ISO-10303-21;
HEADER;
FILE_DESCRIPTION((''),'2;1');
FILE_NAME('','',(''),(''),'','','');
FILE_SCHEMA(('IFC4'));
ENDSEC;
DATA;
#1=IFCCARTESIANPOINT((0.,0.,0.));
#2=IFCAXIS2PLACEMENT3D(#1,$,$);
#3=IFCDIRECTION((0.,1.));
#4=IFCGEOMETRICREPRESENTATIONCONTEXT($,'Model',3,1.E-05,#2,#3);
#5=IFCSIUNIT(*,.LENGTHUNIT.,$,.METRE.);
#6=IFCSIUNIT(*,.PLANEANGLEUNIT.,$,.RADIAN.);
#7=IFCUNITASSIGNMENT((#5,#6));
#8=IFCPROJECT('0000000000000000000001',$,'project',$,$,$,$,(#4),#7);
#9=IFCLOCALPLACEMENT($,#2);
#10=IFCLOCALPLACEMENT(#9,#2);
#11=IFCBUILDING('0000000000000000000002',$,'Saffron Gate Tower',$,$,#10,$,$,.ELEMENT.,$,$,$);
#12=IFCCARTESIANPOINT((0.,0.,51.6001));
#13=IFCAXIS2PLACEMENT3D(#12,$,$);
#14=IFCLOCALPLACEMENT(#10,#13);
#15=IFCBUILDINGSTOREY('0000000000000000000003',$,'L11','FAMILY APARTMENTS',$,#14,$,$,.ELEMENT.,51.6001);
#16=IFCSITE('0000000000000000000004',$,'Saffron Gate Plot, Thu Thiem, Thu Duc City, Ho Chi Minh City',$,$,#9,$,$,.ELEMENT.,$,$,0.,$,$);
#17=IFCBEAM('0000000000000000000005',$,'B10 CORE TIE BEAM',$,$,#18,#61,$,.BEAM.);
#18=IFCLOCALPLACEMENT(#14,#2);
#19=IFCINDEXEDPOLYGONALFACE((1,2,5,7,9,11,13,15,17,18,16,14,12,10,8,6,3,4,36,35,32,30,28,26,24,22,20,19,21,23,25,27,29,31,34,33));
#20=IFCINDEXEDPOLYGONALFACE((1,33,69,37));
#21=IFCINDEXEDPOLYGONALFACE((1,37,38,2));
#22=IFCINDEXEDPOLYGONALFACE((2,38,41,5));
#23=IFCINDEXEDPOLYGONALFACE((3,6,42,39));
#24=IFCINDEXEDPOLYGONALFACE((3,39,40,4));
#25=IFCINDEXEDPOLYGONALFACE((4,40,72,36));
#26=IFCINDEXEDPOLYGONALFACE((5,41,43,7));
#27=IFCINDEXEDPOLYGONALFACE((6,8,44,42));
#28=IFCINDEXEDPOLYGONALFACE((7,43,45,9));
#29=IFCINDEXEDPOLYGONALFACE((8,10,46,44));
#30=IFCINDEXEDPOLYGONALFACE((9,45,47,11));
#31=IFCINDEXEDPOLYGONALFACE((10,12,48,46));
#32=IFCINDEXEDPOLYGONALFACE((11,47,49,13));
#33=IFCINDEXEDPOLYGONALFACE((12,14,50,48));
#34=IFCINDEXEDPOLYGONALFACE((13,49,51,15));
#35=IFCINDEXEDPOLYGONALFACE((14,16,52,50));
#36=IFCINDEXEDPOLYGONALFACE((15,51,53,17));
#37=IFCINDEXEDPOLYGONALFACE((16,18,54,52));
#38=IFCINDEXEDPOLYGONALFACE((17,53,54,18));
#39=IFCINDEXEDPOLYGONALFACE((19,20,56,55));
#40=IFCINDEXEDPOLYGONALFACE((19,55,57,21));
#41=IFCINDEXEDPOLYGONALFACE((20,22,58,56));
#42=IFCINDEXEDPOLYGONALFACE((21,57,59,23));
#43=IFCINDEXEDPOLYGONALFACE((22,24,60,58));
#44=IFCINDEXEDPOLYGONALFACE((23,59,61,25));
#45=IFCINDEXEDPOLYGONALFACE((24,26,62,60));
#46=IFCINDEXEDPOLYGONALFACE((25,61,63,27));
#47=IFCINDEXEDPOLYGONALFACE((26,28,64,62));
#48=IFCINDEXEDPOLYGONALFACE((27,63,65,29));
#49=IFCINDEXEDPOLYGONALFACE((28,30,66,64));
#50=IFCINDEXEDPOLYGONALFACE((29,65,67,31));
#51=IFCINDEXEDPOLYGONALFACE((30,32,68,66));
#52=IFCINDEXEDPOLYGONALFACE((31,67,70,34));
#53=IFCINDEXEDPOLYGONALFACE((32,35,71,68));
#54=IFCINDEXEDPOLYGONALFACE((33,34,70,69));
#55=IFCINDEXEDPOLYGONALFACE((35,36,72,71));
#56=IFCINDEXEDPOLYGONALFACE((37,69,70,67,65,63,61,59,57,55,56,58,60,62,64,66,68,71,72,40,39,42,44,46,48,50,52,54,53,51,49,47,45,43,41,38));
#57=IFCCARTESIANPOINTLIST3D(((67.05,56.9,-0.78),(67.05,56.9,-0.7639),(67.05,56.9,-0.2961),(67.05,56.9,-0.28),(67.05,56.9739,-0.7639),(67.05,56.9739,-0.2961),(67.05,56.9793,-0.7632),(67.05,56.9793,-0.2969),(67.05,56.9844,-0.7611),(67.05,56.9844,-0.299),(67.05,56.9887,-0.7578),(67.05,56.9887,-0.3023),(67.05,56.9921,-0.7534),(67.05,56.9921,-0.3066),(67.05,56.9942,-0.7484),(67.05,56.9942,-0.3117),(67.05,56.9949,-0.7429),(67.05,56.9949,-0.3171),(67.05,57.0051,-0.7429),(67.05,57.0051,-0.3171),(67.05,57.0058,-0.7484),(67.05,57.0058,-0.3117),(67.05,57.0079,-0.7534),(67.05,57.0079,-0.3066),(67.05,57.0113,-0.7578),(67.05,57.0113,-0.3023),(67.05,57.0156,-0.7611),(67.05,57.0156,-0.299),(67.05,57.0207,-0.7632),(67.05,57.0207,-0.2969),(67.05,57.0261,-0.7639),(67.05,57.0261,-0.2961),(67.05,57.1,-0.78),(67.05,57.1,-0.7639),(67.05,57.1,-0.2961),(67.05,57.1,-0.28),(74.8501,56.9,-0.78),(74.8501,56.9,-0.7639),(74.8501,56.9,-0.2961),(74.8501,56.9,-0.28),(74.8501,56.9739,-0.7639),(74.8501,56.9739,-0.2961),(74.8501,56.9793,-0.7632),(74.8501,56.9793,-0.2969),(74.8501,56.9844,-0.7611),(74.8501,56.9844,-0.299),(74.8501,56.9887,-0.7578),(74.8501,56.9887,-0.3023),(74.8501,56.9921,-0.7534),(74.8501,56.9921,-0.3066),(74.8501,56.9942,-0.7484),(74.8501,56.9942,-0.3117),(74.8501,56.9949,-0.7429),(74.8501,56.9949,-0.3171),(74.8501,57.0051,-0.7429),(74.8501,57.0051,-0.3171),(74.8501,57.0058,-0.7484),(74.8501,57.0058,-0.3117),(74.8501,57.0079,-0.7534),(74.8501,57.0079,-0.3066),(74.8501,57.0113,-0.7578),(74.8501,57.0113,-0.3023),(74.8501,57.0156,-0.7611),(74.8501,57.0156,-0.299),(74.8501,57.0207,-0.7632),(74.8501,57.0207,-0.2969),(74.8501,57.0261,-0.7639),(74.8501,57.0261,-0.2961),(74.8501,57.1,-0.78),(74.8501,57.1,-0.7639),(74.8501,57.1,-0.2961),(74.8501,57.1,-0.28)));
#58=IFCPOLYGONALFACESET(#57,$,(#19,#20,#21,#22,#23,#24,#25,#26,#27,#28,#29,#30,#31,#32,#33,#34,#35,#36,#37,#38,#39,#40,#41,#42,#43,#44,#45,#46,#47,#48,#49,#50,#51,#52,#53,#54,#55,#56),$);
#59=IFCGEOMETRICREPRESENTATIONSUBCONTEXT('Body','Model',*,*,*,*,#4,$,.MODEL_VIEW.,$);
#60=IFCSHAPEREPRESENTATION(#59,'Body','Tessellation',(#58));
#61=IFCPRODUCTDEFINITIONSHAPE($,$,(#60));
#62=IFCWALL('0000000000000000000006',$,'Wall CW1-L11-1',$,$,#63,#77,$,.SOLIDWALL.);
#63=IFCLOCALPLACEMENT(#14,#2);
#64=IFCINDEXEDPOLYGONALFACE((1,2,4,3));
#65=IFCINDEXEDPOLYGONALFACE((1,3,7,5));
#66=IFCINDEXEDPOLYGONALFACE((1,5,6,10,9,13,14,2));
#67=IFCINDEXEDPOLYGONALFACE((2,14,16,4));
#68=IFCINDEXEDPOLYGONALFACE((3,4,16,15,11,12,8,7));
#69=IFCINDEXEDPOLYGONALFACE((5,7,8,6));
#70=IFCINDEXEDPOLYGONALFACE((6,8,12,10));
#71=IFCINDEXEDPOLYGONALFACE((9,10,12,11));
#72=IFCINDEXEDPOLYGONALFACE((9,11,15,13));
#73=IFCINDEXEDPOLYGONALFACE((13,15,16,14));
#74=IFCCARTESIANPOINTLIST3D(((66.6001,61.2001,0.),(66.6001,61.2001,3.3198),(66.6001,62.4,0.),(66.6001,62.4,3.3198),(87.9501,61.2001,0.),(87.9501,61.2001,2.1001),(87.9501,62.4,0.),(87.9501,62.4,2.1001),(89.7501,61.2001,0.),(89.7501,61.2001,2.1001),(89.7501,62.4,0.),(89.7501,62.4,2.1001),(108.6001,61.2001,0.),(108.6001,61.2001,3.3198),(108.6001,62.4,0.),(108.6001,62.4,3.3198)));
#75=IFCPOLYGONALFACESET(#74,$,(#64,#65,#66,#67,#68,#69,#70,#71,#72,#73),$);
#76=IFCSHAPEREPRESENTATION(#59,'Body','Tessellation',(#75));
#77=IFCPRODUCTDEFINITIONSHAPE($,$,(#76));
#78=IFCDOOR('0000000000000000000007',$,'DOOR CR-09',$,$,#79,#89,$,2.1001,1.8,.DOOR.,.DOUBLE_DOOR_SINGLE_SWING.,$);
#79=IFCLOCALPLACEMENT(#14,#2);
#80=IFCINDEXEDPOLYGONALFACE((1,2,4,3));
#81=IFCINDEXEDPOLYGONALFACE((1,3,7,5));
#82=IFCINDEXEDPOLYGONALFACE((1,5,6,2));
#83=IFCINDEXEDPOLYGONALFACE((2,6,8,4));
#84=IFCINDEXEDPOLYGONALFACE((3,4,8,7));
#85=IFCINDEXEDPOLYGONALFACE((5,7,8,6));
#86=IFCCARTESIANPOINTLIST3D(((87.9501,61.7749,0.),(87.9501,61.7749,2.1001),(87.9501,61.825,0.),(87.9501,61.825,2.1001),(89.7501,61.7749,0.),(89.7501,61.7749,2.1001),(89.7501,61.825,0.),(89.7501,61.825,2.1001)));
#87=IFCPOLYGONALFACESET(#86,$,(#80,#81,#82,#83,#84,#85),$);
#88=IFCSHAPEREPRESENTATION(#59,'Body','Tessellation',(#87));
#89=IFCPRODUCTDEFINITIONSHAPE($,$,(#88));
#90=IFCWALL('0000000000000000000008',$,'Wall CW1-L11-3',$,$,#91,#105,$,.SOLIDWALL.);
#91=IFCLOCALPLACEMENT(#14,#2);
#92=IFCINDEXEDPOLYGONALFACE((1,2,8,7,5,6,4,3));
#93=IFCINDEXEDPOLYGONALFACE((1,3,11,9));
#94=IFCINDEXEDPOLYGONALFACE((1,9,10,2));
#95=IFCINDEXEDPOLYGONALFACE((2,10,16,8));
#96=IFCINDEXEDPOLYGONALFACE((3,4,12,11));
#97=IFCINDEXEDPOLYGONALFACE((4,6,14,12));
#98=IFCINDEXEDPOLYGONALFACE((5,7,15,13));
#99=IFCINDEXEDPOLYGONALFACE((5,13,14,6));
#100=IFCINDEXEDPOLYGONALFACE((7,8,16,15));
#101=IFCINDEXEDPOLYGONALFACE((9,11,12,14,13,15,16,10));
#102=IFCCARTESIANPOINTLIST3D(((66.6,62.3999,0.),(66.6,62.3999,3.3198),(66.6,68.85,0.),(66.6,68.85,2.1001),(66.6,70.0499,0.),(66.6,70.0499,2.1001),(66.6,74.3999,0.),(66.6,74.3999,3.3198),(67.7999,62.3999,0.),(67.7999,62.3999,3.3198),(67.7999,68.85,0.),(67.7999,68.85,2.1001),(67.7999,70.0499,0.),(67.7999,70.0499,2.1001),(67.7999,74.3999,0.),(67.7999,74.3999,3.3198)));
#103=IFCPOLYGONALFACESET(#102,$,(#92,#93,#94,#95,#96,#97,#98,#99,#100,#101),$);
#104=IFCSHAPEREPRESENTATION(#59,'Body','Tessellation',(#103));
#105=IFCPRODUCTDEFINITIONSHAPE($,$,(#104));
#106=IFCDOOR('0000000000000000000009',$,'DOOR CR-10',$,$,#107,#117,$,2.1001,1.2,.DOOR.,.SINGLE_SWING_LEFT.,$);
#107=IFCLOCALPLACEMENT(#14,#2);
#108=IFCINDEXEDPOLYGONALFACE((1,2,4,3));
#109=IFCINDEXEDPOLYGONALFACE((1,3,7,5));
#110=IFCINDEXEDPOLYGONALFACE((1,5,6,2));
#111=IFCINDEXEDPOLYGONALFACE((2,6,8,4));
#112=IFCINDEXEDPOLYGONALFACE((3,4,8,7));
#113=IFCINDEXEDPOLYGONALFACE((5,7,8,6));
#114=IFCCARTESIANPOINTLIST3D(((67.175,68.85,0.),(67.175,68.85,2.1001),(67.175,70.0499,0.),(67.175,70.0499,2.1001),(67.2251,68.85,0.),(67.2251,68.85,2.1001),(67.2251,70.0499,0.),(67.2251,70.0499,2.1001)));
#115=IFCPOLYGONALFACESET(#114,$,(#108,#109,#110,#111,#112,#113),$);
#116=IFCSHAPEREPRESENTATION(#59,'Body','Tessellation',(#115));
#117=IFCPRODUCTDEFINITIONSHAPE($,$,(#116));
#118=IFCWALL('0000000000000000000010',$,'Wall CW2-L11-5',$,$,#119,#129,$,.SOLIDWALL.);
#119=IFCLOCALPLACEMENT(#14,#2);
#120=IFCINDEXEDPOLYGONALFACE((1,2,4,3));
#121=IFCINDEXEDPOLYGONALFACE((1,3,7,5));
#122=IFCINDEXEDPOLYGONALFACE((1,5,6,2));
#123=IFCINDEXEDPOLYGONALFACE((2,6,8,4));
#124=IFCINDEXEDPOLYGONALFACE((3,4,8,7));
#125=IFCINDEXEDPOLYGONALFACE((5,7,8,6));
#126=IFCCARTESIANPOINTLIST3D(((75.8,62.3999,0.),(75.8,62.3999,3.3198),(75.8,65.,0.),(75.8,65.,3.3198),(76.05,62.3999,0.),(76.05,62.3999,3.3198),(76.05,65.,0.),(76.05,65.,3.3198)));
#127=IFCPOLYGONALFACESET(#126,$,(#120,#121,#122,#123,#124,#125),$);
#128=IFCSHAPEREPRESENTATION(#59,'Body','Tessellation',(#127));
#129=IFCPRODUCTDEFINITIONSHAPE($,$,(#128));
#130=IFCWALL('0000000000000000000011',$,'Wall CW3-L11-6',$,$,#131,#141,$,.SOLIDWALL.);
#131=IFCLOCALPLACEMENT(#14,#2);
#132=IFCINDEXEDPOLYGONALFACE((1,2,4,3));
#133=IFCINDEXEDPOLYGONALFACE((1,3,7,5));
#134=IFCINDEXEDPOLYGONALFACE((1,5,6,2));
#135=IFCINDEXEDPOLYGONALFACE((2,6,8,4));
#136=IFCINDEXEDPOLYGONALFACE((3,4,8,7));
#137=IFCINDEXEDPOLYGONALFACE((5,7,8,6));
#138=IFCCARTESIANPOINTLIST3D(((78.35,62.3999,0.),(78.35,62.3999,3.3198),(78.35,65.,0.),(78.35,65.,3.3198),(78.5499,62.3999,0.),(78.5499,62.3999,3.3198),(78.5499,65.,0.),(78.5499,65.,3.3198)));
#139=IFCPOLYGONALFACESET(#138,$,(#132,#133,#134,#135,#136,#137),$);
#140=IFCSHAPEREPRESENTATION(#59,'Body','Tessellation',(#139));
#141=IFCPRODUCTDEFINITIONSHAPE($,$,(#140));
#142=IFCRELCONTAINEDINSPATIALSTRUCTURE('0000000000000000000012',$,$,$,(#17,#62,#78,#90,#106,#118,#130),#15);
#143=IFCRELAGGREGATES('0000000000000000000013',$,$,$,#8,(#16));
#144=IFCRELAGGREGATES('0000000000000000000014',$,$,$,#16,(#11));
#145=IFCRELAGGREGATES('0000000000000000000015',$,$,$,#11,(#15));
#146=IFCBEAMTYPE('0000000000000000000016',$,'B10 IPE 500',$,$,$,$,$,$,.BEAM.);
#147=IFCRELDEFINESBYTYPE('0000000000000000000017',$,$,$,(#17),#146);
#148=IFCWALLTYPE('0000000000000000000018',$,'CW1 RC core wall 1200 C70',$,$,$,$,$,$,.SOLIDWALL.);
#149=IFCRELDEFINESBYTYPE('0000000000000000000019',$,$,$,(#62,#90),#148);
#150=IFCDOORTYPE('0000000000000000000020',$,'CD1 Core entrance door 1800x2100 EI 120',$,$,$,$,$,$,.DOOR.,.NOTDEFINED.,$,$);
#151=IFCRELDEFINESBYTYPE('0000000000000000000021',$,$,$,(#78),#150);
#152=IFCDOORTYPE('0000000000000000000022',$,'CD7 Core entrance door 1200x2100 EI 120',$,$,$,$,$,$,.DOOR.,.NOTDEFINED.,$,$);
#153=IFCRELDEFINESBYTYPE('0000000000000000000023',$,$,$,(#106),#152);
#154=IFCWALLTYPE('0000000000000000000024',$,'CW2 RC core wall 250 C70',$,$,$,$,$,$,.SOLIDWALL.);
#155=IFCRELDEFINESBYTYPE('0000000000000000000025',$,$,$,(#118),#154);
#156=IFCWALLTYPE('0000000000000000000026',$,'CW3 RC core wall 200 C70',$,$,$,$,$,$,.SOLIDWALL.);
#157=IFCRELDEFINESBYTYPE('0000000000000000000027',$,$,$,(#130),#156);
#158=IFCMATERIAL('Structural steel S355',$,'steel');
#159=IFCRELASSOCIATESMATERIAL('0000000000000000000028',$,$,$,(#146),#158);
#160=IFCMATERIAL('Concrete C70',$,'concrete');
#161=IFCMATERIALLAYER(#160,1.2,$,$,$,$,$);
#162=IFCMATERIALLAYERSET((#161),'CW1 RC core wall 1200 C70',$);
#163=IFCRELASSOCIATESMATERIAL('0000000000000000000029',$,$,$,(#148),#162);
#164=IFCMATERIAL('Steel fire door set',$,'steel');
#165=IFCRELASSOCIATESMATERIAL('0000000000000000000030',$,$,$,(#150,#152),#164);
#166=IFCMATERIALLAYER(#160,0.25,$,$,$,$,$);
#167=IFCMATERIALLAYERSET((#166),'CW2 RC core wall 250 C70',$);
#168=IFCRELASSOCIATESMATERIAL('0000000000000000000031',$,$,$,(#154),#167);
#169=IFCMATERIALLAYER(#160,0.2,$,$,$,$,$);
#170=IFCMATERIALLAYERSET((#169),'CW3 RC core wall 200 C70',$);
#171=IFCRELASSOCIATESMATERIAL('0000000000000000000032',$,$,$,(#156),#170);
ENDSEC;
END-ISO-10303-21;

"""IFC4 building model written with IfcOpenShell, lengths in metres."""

from ifc_helpers import new_model, si_unit, direction, frame, frame_2d, origin, origin_2d, place, context, subcontext, project, spatial, rectangle, i_section, extrude, material, layer, layer_set, material_profile, profile_set, type_object, element, fill, save


model = new_model("IFC4")

# Units and contexts
model_context = context("Model", 3, precision=1e-05, world=origin(), true_north=direction((0.0, 1.0)))
body_context = subcontext(model_context, "Body", "Model", "MODEL_VIEW")
ifc_project = project(units=[si_unit("LENGTHUNIT", "METRE"), si_unit("PLANEANGLEUNIT", "RADIAN")], contexts=[model_context])

# Site, building, storey
site_placement = place(None, origin())
site = spatial("IfcSite", under=ifc_project, at=site_placement, Name="Saffron Gate Plot, Thu Thiem, Thu Duc City, Ho Chi Minh City", CompositionType="ELEMENT", RefElevation=0.0)
building_placement = place(site_placement, origin())
building = spatial("IfcBuilding", under=site, at=building_placement, Name="Saffron Gate Tower", CompositionType="ELEMENT")
storey_placement = place(building_placement, frame((0.0, 0.0, 51.6001)))
storey = spatial("IfcBuildingStorey", under=building, at=storey_placement, Name="L11", Description="FAMILY APARTMENTS", CompositionType="ELEMENT", Elevation=51.6001)

# Beam
ifc_material_1 = material(Name="Structural steel S355", Category="steel")
ifc_material_profile = material_profile(ifc_material_1, i_section(OverallWidth=0.2, OverallDepth=0.5, WebThickness=0.0103, FlangeThickness=0.0161, FilletRadius=0.021, at=origin_2d()))
ifc_profile_set = profile_set([ifc_material_profile], Name="Structural steel S355")
beam_type = type_object("IfcBeamType", Name="B10 IPE 500", PredefinedType="BEAM", material=ifc_profile_set)
beam_placement = place(storey_placement, frame((67.05, 57.0, -0.53), z_axis=(1.0, 0.0, 0.0), x_axis=(0.0, 1.0, 0.0)))
element("IfcBeam", 1, at=beam_placement, inside=storey, type_object=beam_type, Name="B10 CORE TIE BEAM", PredefinedType="BEAM", context=body_context, shape_type="SweptSolid", body=[
    extrude(i_section(OverallWidth=0.2, OverallDepth=0.5, WebThickness=0.0103, FlangeThickness=0.0161, FilletRadius=0.021, at=origin_2d()), origin(), (0.0, 0.0, 1.0), 7.8),
])

# Walls, openings, doors
ifc_material_2 = material(Name="Concrete C70", Category="concrete")
ifc_layer_1 = layer(ifc_material_2, 1.2)
ifc_layer_set_1 = layer_set([ifc_layer_1], Name="CW1 RC core wall 1200 C70")
wall_type_1 = type_object("IfcWallType", Name="CW1 RC core wall 1200 C70", PredefinedType="SOLIDWALL", material=ifc_layer_set_1)
wall_1_placement = place(storey_placement, frame((66.6001, 61.8, 0.0), z_axis=(0.0, 0.0, 1.0), x_axis=(1.0, 0.0, 0.0)))
wall_1 = element("IfcWall", 2, at=wall_1_placement, inside=storey, type_object=wall_type_1, Name="Wall CW1-L11-1", PredefinedType="SOLIDWALL", context=body_context, shape_type="SweptSolid", body=[
    extrude(rectangle(XDim=42.0, YDim=1.2, at=frame_2d((21.0, 0.0))), origin(), (0.0, 0.0, 1.0), 3.3198),
])
opening_1_placement = place(wall_1_placement, frame((21.3501, 0.0, 0.0)))
opening_1 = element("IfcOpeningElement", 3, at=opening_1_placement, cuts=wall_1, PredefinedType="OPENING", context=body_context, shape_type="SweptSolid", body=[
    extrude(rectangle(XDim=1.8, YDim=2.1001, at=frame_2d((0.8999, 1.05))), frame((0.0, 0.6099, 0.0), z_axis=(0.0, -1.0, 0.0), x_axis=(1.0, 0.0, 0.0)), (0.0, 0.0, 1.0), 1.22),
])
ifc_material_3 = material(Name="Steel fire door set", Category="steel")
door_type_1 = type_object("IfcDoorType", Name="CD1 Core entrance door 1800x2100 EI 120", OperationType="NOTDEFINED", PredefinedType="DOOR", material=ifc_material_3)
door_1_placement = place(opening_1_placement, origin())
door_1 = element("IfcDoor", 4, at=door_1_placement, inside=storey, type_object=door_type_1, Name="DOOR CR-09", OperationType="DOUBLE_DOOR_SINGLE_SWING", OverallHeight=2.1001, OverallWidth=1.8, PredefinedType="DOOR", context=body_context, shape_type="SweptSolid", body=[
    extrude(rectangle(XDim=1.8, YDim=2.1001, at=frame_2d((0.8999, 1.05))), frame((0.0, 0.0249, 0.0), z_axis=(0.0, -1.0, 0.0), x_axis=(1.0, 0.0, 0.0)), (0.0, 0.0, 1.0), 0.05),
])
fill(opening_1, door_1)
wall_2_placement = place(storey_placement, frame((67.2, 62.3999, 0.0), z_axis=(0.0, 0.0, 1.0), x_axis=(0.0, 1.0, 0.0)))
wall_2 = element("IfcWall", 5, at=wall_2_placement, inside=storey, type_object=wall_type_1, Name="Wall CW1-L11-3", PredefinedType="SOLIDWALL", context=body_context, shape_type="SweptSolid", body=[
    extrude(rectangle(XDim=12.0, YDim=1.2, at=frame_2d((6.0, 0.0))), origin(), (0.0, 0.0, 1.0), 3.3198),
])
opening_2_placement = place(wall_2_placement, frame((6.45, 0.0, 0.0)))
opening_2 = element("IfcOpeningElement", 6, at=opening_2_placement, cuts=wall_2, PredefinedType="OPENING", context=body_context, shape_type="SweptSolid", body=[
    extrude(rectangle(XDim=1.2, YDim=2.1001, at=frame_2d((0.6001, 1.05))), frame((0.0, 0.6099, 0.0), z_axis=(0.0, -1.0, 0.0), x_axis=(1.0, 0.0, 0.0)), (0.0, 0.0, 1.0), 1.22),
])
door_type_2 = type_object("IfcDoorType", Name="CD7 Core entrance door 1200x2100 EI 120", OperationType="NOTDEFINED", PredefinedType="DOOR", material=ifc_material_3)
door_2_placement = place(opening_2_placement, origin())
door_2 = element("IfcDoor", 7, at=door_2_placement, inside=storey, type_object=door_type_2, Name="DOOR CR-10", OperationType="SINGLE_SWING_LEFT", OverallHeight=2.1001, OverallWidth=1.2, PredefinedType="DOOR", context=body_context, shape_type="SweptSolid", body=[
    extrude(rectangle(XDim=1.2, YDim=2.1001, at=frame_2d((0.6001, 1.05))), frame((0.0, 0.0249, 0.0), z_axis=(0.0, -1.0, 0.0), x_axis=(1.0, 0.0, 0.0)), (0.0, 0.0, 1.0), 0.05),
])
fill(opening_2, door_2)

# Walls
ifc_layer_2 = layer(ifc_material_2, 0.25)
ifc_layer_set_2 = layer_set([ifc_layer_2], Name="CW2 RC core wall 250 C70")
wall_type_2 = type_object("IfcWallType", Name="CW2 RC core wall 250 C70", PredefinedType="SOLIDWALL", material=ifc_layer_set_2)
wall_3_placement = place(storey_placement, frame((75.925, 62.3999, 0.0), z_axis=(0.0, 0.0, 1.0), x_axis=(0.0, 1.0, 0.0)))
element("IfcWall", 8, at=wall_3_placement, inside=storey, type_object=wall_type_2, Name="Wall CW2-L11-5", PredefinedType="SOLIDWALL", context=body_context, shape_type="SweptSolid", body=[
    extrude(rectangle(XDim=2.6001, YDim=0.25, at=frame_2d((1.3, 0.0))), origin(), (0.0, 0.0, 1.0), 3.3198),
])
ifc_layer_3 = layer(ifc_material_2, 0.2)
ifc_layer_set_3 = layer_set([ifc_layer_3], Name="CW3 RC core wall 200 C70")
wall_type_3 = type_object("IfcWallType", Name="CW3 RC core wall 200 C70", PredefinedType="SOLIDWALL", material=ifc_layer_set_3)
wall_4_placement = place(storey_placement, frame((78.45, 62.3999, 0.0), z_axis=(0.0, 0.0, 1.0), x_axis=(0.0, 1.0, 0.0)))
element("IfcWall", 9, at=wall_4_placement, inside=storey, type_object=wall_type_3, Name="Wall CW3-L11-6", PredefinedType="SOLIDWALL", context=body_context, shape_type="SweptSolid", body=[
    extrude(rectangle(XDim=2.6001, YDim=0.2, at=frame_2d((1.3, 0.0))), origin(), (0.0, 0.0, 1.0), 3.3198),
])

save(model, "model.ifc")
